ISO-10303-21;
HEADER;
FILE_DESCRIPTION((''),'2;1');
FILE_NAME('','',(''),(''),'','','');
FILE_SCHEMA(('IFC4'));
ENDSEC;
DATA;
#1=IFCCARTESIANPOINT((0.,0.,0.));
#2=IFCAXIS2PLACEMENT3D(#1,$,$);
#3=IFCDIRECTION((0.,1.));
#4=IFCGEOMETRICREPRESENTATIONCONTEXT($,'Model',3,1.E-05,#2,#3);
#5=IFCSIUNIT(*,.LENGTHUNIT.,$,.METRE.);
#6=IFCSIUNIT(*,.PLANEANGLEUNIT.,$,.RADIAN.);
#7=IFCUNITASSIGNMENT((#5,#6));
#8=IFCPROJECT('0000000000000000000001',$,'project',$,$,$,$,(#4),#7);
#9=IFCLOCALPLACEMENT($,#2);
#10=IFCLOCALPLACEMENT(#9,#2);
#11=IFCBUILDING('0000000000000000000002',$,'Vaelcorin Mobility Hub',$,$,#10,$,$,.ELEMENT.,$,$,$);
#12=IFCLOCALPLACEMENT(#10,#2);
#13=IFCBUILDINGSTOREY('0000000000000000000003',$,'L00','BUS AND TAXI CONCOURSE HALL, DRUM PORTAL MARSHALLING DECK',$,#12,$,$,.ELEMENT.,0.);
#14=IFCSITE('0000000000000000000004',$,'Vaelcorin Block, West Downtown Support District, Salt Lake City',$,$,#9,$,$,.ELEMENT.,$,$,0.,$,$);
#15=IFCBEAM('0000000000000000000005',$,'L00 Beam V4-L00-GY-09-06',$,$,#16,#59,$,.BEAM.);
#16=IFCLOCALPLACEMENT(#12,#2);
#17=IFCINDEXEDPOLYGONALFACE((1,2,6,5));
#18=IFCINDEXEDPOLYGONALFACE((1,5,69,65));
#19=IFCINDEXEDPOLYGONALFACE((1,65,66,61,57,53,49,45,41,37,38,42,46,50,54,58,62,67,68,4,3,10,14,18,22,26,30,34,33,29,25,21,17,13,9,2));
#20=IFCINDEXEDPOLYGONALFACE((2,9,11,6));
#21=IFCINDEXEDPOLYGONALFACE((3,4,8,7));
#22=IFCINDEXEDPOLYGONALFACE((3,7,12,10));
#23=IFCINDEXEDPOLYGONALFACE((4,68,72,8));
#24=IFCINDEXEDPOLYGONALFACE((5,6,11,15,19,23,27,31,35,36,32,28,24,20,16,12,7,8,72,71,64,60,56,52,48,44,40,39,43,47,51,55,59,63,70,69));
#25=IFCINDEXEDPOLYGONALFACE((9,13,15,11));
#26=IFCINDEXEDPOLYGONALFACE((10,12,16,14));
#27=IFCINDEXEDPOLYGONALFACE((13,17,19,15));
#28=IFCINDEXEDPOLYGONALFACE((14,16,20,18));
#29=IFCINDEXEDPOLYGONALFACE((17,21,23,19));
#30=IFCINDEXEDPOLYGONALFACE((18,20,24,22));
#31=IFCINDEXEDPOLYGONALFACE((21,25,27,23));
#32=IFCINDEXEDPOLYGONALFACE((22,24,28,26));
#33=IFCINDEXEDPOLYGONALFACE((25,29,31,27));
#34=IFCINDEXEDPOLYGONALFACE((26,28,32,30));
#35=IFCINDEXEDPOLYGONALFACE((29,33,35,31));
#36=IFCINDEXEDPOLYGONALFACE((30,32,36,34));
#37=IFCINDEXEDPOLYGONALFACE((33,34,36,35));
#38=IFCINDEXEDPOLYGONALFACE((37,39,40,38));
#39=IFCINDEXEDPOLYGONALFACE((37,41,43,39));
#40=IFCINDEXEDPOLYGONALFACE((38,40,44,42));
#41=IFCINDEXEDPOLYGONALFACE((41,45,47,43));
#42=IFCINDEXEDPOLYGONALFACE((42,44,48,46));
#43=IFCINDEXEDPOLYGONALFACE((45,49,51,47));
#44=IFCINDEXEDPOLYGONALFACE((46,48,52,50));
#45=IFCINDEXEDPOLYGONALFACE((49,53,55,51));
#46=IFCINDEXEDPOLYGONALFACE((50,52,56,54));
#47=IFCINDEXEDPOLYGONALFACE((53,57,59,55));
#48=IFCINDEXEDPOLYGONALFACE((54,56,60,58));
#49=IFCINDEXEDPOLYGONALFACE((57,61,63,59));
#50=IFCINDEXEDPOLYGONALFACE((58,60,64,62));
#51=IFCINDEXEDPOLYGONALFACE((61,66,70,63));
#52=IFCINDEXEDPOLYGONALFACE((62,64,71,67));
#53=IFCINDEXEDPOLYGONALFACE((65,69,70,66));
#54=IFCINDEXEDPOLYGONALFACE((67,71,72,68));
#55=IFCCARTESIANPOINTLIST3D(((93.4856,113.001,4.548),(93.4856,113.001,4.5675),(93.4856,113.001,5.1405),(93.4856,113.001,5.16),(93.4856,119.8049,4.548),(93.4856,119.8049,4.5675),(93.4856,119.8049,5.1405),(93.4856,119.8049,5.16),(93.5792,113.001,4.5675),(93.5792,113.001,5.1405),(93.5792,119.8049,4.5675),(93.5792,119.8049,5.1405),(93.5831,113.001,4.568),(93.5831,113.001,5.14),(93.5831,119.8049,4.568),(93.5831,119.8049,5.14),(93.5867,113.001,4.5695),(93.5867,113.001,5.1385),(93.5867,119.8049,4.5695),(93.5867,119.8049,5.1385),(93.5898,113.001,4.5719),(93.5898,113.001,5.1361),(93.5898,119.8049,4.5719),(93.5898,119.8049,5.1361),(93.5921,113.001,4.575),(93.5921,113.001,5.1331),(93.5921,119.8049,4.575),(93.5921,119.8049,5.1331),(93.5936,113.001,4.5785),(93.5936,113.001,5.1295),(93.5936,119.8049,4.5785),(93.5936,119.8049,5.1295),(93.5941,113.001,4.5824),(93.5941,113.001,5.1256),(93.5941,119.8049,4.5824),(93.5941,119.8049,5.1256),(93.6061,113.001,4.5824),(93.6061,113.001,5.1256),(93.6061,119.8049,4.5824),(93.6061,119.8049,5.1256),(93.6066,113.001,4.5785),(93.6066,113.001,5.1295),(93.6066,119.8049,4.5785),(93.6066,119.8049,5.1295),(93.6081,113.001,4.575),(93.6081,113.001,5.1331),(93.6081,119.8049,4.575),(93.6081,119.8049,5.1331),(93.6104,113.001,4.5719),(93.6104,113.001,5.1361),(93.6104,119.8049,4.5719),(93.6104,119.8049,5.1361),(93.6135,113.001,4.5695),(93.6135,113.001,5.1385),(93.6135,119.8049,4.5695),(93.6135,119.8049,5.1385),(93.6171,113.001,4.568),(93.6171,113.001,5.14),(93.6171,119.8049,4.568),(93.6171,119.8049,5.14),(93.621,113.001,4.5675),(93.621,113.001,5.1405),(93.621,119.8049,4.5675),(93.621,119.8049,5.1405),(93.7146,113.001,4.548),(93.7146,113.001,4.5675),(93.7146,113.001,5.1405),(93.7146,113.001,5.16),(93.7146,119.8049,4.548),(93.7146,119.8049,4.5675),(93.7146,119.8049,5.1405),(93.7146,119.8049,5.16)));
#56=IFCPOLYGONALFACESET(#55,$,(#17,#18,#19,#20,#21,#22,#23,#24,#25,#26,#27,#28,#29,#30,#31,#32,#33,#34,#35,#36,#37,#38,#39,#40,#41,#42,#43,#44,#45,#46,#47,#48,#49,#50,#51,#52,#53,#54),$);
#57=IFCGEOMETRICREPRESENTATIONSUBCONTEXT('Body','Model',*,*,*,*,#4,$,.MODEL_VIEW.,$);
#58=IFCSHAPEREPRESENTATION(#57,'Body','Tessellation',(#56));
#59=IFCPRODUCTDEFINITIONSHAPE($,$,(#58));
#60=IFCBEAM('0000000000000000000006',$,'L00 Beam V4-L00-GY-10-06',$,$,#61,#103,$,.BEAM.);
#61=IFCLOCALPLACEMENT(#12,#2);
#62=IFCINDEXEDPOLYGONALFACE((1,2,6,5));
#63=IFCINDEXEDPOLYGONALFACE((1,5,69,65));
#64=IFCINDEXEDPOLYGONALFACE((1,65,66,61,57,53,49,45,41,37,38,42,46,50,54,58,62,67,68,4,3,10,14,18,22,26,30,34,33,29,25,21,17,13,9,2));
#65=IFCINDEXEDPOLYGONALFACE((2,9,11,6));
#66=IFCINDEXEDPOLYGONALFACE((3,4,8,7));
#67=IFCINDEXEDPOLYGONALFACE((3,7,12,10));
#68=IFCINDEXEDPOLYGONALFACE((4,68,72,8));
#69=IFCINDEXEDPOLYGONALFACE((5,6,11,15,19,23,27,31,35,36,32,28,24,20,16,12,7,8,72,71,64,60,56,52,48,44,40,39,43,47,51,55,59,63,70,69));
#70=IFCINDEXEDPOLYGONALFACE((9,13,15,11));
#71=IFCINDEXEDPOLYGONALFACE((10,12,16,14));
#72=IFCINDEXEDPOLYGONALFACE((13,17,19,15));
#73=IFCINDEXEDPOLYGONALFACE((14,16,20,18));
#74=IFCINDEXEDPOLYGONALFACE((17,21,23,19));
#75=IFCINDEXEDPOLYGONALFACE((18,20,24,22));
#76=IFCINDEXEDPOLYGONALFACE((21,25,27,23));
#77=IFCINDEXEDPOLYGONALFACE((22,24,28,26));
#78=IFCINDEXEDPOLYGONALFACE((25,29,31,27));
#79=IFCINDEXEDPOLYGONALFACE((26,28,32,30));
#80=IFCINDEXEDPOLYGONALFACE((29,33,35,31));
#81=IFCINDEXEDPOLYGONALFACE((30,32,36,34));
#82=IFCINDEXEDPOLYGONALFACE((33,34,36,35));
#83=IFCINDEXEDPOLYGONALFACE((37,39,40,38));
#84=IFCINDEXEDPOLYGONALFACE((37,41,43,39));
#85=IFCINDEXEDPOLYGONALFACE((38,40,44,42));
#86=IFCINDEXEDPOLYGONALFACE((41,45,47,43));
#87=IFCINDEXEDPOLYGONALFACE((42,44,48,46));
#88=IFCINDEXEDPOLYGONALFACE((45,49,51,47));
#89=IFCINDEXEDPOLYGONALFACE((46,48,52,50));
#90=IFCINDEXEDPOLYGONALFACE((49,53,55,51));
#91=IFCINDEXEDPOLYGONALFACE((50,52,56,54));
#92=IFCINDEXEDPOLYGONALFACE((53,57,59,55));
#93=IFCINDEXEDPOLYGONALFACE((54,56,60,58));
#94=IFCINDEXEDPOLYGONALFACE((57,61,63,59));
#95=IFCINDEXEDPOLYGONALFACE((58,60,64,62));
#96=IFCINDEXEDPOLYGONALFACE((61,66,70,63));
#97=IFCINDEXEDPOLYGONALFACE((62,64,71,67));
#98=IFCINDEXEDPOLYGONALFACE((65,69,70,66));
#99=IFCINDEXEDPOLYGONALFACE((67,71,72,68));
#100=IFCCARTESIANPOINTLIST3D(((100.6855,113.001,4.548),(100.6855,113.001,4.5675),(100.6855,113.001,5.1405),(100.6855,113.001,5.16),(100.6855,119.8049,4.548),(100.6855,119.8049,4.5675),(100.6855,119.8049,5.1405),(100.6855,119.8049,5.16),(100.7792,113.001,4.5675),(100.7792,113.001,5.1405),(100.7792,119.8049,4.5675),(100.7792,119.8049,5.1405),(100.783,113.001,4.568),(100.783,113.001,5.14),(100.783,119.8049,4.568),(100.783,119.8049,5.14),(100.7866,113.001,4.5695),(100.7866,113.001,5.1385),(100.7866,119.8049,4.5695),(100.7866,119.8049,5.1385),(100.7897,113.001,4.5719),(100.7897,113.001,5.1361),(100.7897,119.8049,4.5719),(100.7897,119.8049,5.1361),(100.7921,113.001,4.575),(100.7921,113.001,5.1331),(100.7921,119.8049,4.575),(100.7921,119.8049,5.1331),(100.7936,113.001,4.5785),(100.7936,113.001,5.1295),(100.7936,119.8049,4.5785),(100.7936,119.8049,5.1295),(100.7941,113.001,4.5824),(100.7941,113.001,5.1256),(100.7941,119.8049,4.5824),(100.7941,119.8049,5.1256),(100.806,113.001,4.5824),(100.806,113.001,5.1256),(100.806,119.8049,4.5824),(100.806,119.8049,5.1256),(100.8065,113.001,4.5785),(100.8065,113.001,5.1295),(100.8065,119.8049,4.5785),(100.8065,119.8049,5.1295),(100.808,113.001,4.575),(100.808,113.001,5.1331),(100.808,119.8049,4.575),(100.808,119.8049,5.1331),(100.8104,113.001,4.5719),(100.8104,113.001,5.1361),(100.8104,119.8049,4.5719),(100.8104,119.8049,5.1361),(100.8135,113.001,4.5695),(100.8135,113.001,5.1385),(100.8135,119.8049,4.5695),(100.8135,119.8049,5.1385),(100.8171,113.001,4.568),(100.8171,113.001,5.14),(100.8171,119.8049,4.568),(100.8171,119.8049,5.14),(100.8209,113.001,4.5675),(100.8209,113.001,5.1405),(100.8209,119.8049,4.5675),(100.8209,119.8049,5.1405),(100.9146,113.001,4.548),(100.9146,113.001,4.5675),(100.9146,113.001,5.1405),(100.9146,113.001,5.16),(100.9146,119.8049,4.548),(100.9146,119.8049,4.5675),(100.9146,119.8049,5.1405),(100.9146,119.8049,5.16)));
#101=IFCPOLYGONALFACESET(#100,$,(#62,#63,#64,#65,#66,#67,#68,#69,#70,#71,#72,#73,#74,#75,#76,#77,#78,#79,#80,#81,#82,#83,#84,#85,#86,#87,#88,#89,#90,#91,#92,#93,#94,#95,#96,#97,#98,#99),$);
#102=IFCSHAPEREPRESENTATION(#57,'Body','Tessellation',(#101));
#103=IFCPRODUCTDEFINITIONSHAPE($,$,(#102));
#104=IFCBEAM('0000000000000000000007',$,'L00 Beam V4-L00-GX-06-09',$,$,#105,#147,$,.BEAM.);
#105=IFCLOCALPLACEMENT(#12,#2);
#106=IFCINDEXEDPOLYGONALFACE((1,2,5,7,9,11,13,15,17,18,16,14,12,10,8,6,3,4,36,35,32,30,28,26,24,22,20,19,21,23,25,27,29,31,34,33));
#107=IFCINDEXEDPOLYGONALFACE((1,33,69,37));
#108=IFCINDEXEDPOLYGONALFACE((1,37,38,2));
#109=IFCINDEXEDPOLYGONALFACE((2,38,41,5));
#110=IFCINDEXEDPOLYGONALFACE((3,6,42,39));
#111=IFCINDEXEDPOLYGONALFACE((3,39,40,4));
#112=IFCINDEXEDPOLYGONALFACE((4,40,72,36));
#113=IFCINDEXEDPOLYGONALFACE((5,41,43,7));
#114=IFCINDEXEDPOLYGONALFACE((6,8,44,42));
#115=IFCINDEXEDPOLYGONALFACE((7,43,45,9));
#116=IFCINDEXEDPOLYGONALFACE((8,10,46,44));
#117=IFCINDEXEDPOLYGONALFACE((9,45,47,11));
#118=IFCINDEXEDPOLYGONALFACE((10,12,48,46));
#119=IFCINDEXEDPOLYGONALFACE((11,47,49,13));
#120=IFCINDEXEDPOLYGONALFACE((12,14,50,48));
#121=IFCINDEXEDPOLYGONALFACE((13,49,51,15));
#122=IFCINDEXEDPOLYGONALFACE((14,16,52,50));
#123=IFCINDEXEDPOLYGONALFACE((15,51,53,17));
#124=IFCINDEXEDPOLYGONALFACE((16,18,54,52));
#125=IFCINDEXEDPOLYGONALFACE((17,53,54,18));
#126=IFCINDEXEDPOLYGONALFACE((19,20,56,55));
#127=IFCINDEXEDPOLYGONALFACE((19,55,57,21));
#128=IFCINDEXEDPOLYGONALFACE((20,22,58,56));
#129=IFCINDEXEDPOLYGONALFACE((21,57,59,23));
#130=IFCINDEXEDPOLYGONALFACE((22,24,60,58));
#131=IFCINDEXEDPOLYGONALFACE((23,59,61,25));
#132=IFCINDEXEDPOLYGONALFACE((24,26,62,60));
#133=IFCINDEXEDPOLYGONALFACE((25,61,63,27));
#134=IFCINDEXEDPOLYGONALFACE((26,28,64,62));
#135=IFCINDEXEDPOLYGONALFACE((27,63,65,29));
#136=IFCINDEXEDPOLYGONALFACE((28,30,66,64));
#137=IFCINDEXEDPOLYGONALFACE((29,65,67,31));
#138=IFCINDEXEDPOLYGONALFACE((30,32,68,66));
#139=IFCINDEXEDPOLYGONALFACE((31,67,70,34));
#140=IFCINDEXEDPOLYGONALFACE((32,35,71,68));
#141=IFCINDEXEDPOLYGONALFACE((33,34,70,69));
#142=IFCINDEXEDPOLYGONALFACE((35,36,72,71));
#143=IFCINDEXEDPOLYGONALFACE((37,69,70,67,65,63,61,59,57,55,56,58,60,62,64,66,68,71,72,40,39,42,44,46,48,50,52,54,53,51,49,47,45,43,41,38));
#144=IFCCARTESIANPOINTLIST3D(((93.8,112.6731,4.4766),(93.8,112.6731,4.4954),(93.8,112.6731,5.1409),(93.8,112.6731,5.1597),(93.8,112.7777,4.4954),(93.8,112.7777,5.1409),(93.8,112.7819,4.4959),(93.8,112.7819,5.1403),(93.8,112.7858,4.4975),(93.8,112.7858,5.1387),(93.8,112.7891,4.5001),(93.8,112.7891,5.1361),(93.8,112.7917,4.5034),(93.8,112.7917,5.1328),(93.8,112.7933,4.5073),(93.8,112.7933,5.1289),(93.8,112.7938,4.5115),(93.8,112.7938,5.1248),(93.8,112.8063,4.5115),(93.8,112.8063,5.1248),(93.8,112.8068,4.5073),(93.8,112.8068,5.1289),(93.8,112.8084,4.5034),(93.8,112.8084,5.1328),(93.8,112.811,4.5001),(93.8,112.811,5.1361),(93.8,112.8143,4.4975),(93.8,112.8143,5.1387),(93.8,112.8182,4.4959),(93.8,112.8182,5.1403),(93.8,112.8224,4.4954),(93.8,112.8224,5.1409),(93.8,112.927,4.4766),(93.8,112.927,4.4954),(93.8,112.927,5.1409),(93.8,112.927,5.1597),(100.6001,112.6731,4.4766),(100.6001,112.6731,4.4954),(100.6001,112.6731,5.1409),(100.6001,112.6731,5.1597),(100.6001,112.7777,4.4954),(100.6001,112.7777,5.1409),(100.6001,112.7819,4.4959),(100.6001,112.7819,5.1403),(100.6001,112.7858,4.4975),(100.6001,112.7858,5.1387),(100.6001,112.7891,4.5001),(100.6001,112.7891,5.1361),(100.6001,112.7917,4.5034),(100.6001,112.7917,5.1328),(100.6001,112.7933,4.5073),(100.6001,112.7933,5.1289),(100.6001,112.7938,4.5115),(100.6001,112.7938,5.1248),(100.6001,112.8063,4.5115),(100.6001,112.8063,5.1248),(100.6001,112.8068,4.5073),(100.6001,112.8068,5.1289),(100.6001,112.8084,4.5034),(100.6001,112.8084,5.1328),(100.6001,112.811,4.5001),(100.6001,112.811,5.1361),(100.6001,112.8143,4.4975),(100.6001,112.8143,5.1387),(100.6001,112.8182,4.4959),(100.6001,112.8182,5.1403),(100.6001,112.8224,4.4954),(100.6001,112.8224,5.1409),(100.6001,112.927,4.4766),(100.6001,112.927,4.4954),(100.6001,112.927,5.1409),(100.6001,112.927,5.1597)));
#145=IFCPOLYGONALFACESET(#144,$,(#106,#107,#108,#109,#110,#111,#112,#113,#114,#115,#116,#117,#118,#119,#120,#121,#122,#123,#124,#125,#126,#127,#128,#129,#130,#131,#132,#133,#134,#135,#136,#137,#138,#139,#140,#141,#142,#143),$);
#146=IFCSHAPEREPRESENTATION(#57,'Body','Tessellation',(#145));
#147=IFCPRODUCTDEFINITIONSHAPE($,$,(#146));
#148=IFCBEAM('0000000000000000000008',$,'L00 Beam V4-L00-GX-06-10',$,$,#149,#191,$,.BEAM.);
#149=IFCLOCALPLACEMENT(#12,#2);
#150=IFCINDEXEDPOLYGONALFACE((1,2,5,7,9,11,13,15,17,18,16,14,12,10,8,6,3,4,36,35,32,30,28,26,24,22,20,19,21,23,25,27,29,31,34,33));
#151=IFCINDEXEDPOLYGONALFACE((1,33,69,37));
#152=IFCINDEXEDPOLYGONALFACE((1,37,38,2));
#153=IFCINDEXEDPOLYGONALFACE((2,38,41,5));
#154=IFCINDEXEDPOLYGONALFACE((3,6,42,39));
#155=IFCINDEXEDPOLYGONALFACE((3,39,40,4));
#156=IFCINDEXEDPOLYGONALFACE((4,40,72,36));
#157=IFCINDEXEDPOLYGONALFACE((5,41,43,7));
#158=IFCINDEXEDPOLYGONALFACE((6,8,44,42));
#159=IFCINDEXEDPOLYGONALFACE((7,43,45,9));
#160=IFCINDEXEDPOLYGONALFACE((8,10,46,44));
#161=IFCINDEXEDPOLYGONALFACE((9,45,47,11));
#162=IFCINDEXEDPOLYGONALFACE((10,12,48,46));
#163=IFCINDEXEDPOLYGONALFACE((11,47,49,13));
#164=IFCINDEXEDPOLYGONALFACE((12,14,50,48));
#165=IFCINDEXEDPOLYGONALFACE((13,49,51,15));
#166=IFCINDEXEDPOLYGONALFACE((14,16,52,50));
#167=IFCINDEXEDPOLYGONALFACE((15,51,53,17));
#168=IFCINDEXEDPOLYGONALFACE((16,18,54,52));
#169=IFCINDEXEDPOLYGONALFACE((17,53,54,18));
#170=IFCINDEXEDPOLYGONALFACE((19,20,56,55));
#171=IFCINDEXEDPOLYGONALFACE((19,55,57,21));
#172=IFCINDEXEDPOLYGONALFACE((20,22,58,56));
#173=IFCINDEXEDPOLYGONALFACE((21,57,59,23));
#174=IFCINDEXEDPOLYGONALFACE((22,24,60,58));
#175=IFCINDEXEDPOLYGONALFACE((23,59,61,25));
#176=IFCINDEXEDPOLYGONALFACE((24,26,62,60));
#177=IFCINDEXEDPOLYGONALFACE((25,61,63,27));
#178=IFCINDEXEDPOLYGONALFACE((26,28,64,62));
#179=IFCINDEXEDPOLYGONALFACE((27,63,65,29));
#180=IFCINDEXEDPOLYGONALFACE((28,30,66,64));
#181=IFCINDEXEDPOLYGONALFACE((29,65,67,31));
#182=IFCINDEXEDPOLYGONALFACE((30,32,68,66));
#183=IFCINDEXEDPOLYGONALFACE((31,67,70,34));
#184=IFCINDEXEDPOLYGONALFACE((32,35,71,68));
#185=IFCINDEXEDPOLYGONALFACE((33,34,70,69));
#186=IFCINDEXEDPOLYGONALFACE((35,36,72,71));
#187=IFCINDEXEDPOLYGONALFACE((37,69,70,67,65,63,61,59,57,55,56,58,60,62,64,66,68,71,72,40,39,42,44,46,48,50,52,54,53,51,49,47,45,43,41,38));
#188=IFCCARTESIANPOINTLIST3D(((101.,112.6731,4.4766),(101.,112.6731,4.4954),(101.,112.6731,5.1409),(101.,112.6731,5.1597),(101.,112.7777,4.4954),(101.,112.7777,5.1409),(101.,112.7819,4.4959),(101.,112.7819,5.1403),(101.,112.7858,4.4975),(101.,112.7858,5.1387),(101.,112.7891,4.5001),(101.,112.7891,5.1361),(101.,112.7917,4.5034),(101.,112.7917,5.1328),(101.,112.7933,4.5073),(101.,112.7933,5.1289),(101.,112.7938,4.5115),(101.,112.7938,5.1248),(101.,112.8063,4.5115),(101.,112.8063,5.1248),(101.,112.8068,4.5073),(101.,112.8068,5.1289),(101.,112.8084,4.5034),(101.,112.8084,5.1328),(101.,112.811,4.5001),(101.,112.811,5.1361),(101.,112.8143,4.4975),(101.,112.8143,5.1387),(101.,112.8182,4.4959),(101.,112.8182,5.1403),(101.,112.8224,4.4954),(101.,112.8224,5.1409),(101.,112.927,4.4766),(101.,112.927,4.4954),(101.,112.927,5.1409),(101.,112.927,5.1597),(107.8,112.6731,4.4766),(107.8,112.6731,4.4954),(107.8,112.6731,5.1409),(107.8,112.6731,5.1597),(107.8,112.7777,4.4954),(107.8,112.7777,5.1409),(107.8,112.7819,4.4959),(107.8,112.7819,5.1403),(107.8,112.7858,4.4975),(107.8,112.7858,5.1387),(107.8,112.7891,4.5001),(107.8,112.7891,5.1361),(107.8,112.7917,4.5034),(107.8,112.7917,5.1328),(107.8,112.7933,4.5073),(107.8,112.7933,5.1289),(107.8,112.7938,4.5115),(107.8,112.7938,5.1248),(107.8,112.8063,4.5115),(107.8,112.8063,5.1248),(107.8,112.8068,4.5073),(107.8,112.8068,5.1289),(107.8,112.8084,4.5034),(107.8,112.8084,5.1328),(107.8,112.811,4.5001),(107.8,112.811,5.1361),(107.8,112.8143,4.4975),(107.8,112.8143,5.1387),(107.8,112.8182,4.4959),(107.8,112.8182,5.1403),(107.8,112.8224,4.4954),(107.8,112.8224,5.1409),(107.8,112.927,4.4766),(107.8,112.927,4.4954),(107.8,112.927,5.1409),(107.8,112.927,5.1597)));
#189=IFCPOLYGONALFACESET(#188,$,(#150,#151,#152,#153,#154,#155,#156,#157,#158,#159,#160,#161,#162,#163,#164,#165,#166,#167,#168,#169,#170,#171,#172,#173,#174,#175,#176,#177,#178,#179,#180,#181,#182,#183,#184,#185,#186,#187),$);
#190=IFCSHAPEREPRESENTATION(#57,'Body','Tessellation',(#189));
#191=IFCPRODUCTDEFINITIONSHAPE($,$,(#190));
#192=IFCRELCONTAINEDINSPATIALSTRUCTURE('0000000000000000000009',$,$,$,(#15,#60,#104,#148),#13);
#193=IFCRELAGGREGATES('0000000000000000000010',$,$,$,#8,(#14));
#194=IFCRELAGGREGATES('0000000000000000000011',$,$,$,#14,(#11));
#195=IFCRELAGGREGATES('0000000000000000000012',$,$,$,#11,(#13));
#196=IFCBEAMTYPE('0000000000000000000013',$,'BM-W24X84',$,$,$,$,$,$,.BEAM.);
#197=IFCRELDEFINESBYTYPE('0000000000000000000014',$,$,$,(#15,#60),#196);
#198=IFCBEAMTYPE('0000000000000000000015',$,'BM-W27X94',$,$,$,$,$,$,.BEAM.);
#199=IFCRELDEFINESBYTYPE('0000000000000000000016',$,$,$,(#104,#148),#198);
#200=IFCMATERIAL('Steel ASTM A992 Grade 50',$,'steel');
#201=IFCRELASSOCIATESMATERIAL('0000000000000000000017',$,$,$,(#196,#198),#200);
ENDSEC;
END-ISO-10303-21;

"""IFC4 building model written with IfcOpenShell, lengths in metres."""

from ifc_helpers import new_model, si_unit, direction, frame, origin, origin_2d, place, context, subcontext, project, spatial, i_section, extrude, material, material_profile, profile_set, type_object, element, save


model = new_model("IFC4")

# Units and contexts
model_context = context("Model", 3, precision=1e-05, world=origin(), true_north=direction((0.0, 1.0)))
body_context = subcontext(model_context, "Body", "Model", "MODEL_VIEW")
ifc_project = project(units=[si_unit("LENGTHUNIT", "METRE"), si_unit("PLANEANGLEUNIT", "RADIAN")], contexts=[model_context])

# Site, building, storey
site_placement = place(None, origin())
site = spatial("IfcSite", under=ifc_project, at=site_placement, Name="Vaelcorin Block, West Downtown Support District, Salt Lake City", CompositionType="ELEMENT", RefElevation=0.0)
building_placement = place(site_placement, origin())
building = spatial("IfcBuilding", under=site, at=building_placement, Name="Vaelcorin Mobility Hub", CompositionType="ELEMENT")
storey_placement = place(building_placement, origin())
storey = spatial("IfcBuildingStorey", under=building, at=storey_placement, Name="L00", Description="BUS AND TAXI CONCOURSE HALL, DRUM PORTAL MARSHALLING DECK", CompositionType="ELEMENT", Elevation=0.0)

# Shared definitions
ifc_material_1 = material(Name="Steel ASTM A992 Grade 50", Category="steel")

# Beams
ifc_material_profile_1 = material_profile(ifc_material_1, i_section(OverallWidth=0.229, OverallDepth=0.6121, WebThickness=0.012, FlangeThickness=0.0195, FilletRadius=0.0149, at=origin_2d()), Name="W24X84")
ifc_profile_set_1 = profile_set([ifc_material_profile_1], Name="Steel ASTM A992 Grade 50")
beam_type_1 = type_object("IfcBeamType", Name="BM-W24X84", PredefinedType="BEAM", material=ifc_profile_set_1)
for number, where, z_axis, x_axis, name in (
    (1, (93.6001, 113.001, 4.854), (0.0, 1.0, 0.0), (-1.0, 0.0, 0.0), "L00 Beam V4-L00-GY-09-06"),
    (2, (100.8, 113.001, 4.854), (0.0, 1.0, 0.0), (-1.0, 0.0, 0.0), "L00 Beam V4-L00-GY-10-06"),
):
    element("IfcBeam", number, at=place(storey_placement, frame(where, z_axis=z_axis, x_axis=x_axis)), inside=storey, type_object=beam_type_1, Name=name, PredefinedType="BEAM", context=body_context, shape_type="SweptSolid", body=[
        extrude(i_section(OverallWidth=0.229, OverallDepth=0.6121, WebThickness=0.012, FlangeThickness=0.0195, FilletRadius=0.0149, at=origin_2d()), origin(), (0.0, 0.0, 1.0), 6.804),
    ])
ifc_material_profile_2 = material_profile(ifc_material_1, i_section(OverallWidth=0.2539, OverallDepth=0.6831, WebThickness=0.0125, FlangeThickness=0.0188, FilletRadius=0.0161, at=origin_2d()), Name="W27X94")
ifc_profile_set_2 = profile_set([ifc_material_profile_2], Name="Steel ASTM A992 Grade 50")
beam_type_2 = type_object("IfcBeamType", Name="BM-W27X94", PredefinedType="BEAM", material=ifc_profile_set_2)
for number, where, z_axis, x_axis, name in (
    (3, (93.8, 112.8, 4.8181), (1.0, 0.0, 0.0), (0.0, 1.0, 0.0), "L00 Beam V4-L00-GX-06-09"),
    (4, (101.0, 112.8, 4.8181), (1.0, 0.0, 0.0), (0.0, 1.0, 0.0), "L00 Beam V4-L00-GX-06-10"),
):
    element("IfcBeam", number, at=place(storey_placement, frame(where, z_axis=z_axis, x_axis=x_axis)), inside=storey, type_object=beam_type_2, Name=name, PredefinedType="BEAM", context=body_context, shape_type="SweptSolid", body=[
        extrude(i_section(OverallWidth=0.2539, OverallDepth=0.6831, WebThickness=0.0125, FlangeThickness=0.0188, FilletRadius=0.0161, at=origin_2d()), origin(), (0.0, 0.0, 1.0), 6.8),
    ])

save(model, "model.ifc")
